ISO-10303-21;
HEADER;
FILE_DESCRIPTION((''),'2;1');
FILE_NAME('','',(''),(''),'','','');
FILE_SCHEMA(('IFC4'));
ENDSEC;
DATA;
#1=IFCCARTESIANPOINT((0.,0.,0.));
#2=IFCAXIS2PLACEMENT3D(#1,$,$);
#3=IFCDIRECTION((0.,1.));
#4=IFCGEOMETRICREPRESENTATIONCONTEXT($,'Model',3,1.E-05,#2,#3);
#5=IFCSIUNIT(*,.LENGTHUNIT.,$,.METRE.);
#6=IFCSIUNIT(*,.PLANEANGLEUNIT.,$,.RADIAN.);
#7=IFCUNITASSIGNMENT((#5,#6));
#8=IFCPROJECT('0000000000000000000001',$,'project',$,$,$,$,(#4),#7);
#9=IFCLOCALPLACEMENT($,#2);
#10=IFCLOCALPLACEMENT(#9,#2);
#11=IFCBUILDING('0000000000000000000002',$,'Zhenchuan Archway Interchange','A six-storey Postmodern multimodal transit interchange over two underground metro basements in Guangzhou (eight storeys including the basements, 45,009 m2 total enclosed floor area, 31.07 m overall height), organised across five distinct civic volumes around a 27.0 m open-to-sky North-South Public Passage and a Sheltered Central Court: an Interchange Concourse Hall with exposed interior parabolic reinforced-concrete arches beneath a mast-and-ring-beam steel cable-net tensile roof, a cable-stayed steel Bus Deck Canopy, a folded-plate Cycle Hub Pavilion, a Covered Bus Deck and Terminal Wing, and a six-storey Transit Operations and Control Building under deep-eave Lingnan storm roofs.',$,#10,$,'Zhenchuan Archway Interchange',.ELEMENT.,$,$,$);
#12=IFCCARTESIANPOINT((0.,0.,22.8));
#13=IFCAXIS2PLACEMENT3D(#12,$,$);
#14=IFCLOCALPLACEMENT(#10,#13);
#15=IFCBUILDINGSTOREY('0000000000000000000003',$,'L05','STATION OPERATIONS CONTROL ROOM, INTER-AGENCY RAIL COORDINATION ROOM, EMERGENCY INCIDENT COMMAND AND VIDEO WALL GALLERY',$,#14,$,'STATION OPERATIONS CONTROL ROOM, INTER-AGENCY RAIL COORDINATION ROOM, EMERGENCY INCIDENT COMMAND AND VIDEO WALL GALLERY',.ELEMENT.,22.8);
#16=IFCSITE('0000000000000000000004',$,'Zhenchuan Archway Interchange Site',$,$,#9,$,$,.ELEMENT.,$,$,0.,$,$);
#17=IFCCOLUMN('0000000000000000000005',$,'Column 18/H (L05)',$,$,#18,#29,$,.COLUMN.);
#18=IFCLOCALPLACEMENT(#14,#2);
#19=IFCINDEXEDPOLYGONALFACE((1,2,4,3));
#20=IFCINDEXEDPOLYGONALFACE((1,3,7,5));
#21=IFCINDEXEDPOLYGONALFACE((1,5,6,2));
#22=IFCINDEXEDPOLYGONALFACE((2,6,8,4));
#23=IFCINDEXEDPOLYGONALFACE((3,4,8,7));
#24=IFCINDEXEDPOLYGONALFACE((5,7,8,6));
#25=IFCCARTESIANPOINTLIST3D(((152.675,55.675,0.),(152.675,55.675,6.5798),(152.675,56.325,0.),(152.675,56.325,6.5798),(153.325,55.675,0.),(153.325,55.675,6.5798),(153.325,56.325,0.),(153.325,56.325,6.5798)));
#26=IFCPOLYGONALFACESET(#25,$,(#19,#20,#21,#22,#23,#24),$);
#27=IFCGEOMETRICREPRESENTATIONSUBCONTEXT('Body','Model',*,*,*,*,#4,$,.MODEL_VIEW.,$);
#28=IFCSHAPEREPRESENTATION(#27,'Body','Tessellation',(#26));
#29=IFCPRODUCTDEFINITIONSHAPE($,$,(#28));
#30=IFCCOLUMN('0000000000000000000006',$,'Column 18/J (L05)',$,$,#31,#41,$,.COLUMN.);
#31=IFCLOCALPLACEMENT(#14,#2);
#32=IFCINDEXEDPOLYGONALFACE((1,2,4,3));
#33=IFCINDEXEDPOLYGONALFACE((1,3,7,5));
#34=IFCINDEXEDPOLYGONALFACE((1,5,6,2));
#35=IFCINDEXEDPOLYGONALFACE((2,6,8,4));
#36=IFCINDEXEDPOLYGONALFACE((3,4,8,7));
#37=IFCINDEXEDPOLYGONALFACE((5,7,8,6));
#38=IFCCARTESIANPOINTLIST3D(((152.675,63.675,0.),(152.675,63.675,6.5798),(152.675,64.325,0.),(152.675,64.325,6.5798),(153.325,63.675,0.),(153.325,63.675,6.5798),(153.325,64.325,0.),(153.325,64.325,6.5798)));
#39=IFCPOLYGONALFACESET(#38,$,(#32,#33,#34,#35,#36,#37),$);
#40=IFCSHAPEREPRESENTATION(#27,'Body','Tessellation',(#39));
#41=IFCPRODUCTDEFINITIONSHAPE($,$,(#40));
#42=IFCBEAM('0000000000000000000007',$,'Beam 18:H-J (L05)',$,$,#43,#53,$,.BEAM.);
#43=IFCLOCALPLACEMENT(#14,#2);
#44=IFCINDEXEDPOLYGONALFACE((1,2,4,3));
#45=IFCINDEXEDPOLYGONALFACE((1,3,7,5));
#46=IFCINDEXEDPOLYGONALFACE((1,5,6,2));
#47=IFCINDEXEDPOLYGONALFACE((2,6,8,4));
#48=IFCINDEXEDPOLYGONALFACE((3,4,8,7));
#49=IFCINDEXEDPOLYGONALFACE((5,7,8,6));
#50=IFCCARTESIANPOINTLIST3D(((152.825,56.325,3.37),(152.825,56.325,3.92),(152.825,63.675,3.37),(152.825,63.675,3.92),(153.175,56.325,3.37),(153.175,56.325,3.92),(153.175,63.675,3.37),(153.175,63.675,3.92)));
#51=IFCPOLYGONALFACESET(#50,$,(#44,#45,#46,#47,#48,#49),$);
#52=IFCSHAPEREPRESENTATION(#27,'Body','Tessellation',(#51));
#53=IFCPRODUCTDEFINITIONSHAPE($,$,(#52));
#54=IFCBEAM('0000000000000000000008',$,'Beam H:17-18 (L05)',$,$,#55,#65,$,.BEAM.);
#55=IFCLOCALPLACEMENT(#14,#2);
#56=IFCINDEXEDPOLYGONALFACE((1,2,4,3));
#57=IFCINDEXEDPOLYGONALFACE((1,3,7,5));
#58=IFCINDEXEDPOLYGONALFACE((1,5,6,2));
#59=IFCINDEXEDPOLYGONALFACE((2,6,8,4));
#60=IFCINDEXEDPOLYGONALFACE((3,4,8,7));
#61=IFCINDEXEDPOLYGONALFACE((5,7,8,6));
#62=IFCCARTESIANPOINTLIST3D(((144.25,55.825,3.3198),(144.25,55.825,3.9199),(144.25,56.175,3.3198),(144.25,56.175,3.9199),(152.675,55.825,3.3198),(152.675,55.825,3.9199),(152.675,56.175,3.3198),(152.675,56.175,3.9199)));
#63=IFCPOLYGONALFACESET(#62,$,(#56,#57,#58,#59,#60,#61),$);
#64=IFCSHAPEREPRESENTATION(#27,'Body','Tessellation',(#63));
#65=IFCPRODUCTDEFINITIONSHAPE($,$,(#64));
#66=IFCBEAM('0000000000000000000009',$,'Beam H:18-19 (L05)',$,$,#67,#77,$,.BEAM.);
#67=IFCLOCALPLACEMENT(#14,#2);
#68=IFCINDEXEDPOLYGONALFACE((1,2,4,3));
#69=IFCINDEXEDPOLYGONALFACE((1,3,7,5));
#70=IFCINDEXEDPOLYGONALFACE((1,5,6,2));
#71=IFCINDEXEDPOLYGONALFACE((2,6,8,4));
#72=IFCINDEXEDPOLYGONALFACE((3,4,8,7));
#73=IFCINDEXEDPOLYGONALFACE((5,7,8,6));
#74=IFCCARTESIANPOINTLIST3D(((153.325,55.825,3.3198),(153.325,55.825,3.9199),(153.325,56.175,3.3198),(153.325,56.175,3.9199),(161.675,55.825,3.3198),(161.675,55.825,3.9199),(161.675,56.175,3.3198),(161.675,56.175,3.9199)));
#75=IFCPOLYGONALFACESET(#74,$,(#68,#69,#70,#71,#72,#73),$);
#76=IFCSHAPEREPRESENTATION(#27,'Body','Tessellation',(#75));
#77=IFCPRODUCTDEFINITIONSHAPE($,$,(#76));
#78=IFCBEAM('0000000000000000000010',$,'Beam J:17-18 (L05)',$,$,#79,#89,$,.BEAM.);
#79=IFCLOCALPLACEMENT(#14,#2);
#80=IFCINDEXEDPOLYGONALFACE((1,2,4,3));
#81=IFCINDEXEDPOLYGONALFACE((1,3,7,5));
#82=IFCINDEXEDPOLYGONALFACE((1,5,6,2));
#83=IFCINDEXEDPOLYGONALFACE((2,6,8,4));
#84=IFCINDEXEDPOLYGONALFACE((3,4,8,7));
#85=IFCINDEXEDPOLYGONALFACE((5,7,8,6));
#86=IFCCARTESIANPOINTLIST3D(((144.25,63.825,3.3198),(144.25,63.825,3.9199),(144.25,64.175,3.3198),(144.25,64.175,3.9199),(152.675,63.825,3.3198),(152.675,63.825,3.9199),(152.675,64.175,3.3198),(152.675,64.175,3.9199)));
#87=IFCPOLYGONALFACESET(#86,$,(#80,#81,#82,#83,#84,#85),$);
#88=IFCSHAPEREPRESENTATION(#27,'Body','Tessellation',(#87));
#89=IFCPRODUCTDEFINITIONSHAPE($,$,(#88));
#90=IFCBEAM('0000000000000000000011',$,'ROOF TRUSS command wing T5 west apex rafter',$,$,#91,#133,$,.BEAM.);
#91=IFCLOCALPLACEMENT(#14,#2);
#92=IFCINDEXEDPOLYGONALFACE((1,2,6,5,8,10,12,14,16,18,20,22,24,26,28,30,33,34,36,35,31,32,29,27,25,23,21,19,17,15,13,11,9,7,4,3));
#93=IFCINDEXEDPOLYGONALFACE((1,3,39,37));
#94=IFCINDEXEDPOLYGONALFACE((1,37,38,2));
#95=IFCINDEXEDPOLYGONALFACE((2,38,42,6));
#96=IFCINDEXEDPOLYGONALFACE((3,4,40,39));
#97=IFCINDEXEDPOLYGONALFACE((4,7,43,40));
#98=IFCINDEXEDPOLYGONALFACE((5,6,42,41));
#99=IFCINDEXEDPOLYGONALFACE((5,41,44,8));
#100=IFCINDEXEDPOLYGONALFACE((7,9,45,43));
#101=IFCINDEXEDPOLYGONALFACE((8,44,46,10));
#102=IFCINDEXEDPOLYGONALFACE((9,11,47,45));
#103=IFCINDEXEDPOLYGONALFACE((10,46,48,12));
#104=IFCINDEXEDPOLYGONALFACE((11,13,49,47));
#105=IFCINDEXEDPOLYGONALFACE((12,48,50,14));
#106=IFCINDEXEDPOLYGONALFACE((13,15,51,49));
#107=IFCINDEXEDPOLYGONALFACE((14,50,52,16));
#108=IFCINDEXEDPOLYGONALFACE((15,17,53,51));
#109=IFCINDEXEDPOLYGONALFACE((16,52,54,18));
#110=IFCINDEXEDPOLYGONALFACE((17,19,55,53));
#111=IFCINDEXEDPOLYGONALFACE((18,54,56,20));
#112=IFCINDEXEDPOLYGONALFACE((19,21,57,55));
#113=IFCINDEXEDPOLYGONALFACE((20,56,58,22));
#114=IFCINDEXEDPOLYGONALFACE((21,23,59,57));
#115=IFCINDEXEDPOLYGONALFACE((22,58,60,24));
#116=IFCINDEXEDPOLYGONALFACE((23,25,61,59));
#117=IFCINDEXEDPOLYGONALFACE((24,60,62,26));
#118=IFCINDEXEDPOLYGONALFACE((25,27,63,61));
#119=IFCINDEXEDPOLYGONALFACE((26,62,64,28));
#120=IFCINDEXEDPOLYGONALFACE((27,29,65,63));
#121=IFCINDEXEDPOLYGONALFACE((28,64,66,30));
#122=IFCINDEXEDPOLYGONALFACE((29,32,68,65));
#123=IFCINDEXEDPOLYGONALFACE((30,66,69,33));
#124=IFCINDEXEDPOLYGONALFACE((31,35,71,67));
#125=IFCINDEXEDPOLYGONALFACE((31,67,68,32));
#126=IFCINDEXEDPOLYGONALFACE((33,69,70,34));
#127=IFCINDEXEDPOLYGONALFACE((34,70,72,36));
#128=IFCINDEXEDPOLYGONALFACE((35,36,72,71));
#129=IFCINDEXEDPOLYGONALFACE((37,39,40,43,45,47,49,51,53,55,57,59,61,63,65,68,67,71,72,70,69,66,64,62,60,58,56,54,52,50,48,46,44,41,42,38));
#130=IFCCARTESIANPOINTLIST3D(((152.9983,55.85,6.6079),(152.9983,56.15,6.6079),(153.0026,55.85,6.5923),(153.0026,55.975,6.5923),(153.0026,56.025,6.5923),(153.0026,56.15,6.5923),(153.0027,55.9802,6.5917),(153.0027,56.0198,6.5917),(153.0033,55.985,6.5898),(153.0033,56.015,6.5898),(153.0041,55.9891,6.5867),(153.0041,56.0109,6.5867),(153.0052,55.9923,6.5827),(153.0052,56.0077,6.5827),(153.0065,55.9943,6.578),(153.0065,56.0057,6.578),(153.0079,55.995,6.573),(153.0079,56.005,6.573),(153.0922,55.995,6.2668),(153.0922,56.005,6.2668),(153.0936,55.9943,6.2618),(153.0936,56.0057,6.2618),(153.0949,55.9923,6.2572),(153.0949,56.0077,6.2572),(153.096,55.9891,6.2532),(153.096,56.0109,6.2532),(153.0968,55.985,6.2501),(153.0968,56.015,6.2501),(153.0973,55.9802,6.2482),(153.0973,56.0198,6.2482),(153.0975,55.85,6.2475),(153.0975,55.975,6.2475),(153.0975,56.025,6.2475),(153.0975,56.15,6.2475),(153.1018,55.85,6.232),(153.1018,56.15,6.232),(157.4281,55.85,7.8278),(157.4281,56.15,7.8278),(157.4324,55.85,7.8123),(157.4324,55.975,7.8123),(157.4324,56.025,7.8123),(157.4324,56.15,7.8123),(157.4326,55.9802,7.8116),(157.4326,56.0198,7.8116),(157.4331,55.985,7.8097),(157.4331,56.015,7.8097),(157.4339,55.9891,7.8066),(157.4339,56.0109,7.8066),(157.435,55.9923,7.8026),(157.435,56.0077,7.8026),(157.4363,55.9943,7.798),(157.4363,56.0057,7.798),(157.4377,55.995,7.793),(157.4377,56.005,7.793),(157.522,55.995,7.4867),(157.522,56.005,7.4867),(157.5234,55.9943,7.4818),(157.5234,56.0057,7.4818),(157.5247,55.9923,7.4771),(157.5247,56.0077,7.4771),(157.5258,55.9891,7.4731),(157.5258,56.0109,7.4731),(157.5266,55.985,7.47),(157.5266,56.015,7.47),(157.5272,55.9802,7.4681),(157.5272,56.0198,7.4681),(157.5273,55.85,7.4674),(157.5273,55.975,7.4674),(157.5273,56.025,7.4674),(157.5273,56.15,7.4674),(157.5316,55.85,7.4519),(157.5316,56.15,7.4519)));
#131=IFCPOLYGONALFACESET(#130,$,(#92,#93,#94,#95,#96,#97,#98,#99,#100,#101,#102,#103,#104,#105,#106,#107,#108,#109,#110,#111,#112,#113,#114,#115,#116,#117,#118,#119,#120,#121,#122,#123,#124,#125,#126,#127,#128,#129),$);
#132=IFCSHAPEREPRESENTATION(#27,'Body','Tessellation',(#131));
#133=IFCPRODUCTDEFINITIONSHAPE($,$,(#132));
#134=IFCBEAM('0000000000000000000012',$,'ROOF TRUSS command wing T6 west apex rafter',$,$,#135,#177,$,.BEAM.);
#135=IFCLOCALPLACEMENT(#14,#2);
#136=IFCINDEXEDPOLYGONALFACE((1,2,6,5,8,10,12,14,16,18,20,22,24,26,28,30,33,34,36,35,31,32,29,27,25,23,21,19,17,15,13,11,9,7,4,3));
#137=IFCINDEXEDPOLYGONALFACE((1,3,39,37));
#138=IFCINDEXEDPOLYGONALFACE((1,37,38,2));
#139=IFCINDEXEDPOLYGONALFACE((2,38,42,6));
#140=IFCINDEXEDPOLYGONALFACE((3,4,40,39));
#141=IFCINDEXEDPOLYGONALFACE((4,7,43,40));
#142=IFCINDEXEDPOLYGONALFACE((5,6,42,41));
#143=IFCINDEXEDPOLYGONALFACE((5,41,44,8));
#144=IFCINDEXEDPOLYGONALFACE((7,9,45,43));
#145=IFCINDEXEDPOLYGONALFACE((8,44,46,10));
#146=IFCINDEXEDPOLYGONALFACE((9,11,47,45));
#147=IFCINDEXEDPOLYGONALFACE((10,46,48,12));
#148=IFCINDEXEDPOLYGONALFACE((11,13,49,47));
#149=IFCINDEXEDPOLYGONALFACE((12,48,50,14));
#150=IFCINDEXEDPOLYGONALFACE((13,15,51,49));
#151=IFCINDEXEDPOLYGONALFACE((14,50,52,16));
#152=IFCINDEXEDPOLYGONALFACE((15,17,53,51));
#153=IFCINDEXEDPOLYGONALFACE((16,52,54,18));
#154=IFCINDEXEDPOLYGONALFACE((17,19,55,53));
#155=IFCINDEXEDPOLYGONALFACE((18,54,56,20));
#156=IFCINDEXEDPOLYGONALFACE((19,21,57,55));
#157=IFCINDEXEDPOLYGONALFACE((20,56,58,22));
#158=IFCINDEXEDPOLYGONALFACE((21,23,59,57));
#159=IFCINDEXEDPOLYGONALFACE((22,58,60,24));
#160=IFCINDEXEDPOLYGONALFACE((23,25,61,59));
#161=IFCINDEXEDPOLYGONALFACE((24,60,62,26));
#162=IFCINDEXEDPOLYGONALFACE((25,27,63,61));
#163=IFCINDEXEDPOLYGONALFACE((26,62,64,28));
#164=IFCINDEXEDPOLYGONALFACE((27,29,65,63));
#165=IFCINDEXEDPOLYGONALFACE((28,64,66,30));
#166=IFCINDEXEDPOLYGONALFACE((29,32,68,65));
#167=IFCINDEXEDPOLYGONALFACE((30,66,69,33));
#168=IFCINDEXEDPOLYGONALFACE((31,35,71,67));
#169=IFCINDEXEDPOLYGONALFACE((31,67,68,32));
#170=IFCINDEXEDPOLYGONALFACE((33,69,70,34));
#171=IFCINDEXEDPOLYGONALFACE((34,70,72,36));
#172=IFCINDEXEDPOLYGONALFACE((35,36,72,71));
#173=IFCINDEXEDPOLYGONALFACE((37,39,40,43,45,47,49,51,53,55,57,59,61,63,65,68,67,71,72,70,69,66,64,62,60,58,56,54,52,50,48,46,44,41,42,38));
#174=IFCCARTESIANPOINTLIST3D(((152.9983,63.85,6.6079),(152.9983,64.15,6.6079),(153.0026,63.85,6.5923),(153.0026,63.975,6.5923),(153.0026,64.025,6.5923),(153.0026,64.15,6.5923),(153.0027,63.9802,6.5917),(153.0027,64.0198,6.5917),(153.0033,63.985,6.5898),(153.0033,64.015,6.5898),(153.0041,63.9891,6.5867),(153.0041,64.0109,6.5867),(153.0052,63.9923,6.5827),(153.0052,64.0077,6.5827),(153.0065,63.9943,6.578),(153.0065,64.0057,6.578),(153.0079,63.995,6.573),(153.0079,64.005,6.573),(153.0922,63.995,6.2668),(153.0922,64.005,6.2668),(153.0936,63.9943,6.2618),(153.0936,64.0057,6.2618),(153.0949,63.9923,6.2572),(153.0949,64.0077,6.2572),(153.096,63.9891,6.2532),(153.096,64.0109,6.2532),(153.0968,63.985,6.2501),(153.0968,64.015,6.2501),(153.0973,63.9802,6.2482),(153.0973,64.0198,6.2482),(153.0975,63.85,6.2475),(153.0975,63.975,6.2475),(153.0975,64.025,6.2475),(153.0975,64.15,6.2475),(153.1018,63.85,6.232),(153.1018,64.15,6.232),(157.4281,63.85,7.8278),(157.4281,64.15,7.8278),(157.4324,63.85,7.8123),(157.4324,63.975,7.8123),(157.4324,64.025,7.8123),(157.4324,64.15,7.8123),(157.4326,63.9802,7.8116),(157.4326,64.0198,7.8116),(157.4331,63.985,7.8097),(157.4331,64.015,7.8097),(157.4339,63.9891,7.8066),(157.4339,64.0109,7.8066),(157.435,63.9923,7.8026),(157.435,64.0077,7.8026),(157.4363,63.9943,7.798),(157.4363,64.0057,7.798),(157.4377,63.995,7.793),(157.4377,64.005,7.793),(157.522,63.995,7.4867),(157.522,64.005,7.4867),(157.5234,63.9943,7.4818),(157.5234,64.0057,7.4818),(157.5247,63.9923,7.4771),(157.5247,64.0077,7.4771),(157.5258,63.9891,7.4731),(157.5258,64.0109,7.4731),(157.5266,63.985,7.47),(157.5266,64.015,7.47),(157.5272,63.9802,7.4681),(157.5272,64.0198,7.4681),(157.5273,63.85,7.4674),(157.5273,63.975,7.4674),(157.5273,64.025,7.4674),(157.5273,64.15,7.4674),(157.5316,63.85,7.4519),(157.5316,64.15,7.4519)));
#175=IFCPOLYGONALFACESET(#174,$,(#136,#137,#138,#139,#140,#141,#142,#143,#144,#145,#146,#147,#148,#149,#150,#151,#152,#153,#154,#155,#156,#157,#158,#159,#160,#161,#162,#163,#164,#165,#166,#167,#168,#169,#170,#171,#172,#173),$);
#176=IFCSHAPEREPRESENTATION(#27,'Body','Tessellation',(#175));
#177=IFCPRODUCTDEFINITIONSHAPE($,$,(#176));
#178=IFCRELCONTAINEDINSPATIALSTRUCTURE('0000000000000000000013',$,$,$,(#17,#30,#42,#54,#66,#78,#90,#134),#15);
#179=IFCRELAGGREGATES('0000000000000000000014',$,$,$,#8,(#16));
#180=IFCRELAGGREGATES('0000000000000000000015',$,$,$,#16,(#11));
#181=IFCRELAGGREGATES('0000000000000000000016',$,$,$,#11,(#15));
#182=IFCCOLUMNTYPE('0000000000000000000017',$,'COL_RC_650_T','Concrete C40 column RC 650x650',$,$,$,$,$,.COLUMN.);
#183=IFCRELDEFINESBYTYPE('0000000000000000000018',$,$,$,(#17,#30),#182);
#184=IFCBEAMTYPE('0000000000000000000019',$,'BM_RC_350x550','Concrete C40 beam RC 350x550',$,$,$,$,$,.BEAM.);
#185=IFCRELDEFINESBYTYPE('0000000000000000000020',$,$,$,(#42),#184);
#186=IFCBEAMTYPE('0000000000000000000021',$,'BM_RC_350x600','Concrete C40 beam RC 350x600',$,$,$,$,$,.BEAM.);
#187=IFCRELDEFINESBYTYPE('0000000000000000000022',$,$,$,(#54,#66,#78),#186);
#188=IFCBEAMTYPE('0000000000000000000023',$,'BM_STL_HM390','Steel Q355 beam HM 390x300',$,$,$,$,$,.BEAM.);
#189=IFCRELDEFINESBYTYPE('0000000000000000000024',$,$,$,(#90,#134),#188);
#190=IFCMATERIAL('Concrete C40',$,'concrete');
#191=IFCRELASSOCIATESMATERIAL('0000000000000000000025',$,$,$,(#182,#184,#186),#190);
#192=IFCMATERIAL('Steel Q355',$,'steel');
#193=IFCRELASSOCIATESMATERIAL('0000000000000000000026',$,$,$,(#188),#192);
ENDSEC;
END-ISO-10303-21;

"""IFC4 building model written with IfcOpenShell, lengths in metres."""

from ifc_helpers import new_model, si_unit, direction, frame, origin, origin_2d, place, context, subcontext, project, spatial, rectangle, i_section, extrude, material, material_profile, profile_set, type_object, element, save


model = new_model("IFC4")

# Units and contexts
model_context = context("Model", 3, precision=1e-05, world=origin(), true_north=direction((0.0, 1.0)))
body_context = subcontext(model_context, "Body", "Model", "MODEL_VIEW")
ifc_project = project(units=[si_unit("LENGTHUNIT", "METRE"), si_unit("PLANEANGLEUNIT", "RADIAN")], contexts=[model_context])

# Site, building, storey
site_placement = place(None, origin())
site = spatial("IfcSite", under=ifc_project, at=site_placement, Name="Zhenchuan Archway Interchange Site", CompositionType="ELEMENT", RefElevation=0.0)
building_placement = place(site_placement, origin())
building = spatial("IfcBuilding", under=site, at=building_placement, Name="Zhenchuan Archway Interchange", Description="A six-storey Postmodern multimodal transit interchange over two underground metro basements in Guangzhou (eight storeys including the basements, 45,009 m2 total enclosed floor area, 31.07 m overall height), organised across five distinct civic volumes around a 27.0 m open-to-sky North-South Public Passage and a Sheltered Central Court: an Interchange Concourse Hall with exposed interior parabolic reinforced-concrete arches beneath a mast-and-ring-beam steel cable-net tensile roof, a cable-stayed steel Bus Deck Canopy, a folded-plate Cycle Hub Pavilion, a Covered Bus Deck and Terminal Wing, and a six-storey Transit Operations and Control Building under deep-eave Lingnan storm roofs.", LongName="Zhenchuan Archway Interchange", CompositionType="ELEMENT")
storey_placement = place(building_placement, frame((0.0, 0.0, 22.8)))
storey = spatial("IfcBuildingStorey", under=building, at=storey_placement, Name="L05", Description="STATION OPERATIONS CONTROL ROOM, INTER-AGENCY RAIL COORDINATION ROOM, EMERGENCY INCIDENT COMMAND AND VIDEO WALL GALLERY", LongName="STATION OPERATIONS CONTROL ROOM, INTER-AGENCY RAIL COORDINATION ROOM, EMERGENCY INCIDENT COMMAND AND VIDEO WALL GALLERY", CompositionType="ELEMENT", Elevation=22.8)

# Columns
ifc_material_1 = material(Name="Concrete C40", Category="concrete")
ifc_material_profile_1 = material_profile(ifc_material_1, rectangle(XDim=0.6499, YDim=0.6499, at=origin_2d()), Name="RC 650x650")
ifc_profile_set_1 = profile_set([ifc_material_profile_1], Name="Concrete C40")
column_type = type_object("IfcColumnType", Name="COL_RC_650_T", Description="Concrete C40 column RC 650x650", PredefinedType="COLUMN", material=ifc_profile_set_1)
for number, where, z_axis, x_axis, name in (
    (1, (153.0, 56.0, 0.0), (0.0, 0.0, 1.0), (1.0, 0.0, 0.0), "Column 18/H (L05)"),
    (2, (153.0, 64.0, 0.0), (0.0, 0.0, 1.0), (1.0, 0.0, 0.0), "Column 18/J (L05)"),
):
    element("IfcColumn", number, at=place(storey_placement, frame(where, z_axis=z_axis, x_axis=x_axis)), inside=storey, type_object=column_type, Name=name, PredefinedType="COLUMN", context=body_context, shape_type="SweptSolid", body=[
        extrude(rectangle(XDim=0.6499, YDim=0.6499, at=origin_2d()), origin(), (0.0, 0.0, 1.0), 6.5798),
    ])

# Beams
ifc_material_profile_2 = material_profile(ifc_material_1, rectangle(XDim=0.3501, YDim=0.55, at=origin_2d()), Name="RC 350x550")
ifc_profile_set_2 = profile_set([ifc_material_profile_2], Name="Concrete C40")
beam_type_1 = type_object("IfcBeamType", Name="BM_RC_350x550", Description="Concrete C40 beam RC 350x550", PredefinedType="BEAM", material=ifc_profile_set_2)
beam_1_placement = place(storey_placement, frame((153.0, 56.325, 3.645), z_axis=(0.0, 1.0, 0.0), x_axis=(-1.0, 0.0, 0.0)))
element("IfcBeam", 3, at=beam_1_placement, inside=storey, type_object=beam_type_1, Name="Beam 18:H-J (L05)", PredefinedType="BEAM", context=body_context, shape_type="SweptSolid", body=[
    extrude(rectangle(XDim=0.3501, YDim=0.55, at=origin_2d()), origin(), (0.0, 0.0, 1.0), 7.3501),
])
ifc_material_profile_3 = material_profile(ifc_material_1, rectangle(XDim=0.3501, YDim=0.6001, at=origin_2d()), Name="RC 350x600")
ifc_profile_set_3 = profile_set([ifc_material_profile_3], Name="Concrete C40")
beam_type_2 = type_object("IfcBeamType", Name="BM_RC_350x600", Description="Concrete C40 beam RC 350x600", PredefinedType="BEAM", material=ifc_profile_set_3)
beam_2_placement = place(storey_placement, frame((144.25, 56.0, 3.6199), z_axis=(1.0, 0.0, 0.0), x_axis=(0.0, 1.0, 0.0)))
element("IfcBeam", 4, at=beam_2_placement, inside=storey, type_object=beam_type_2, Name="Beam H:17-18 (L05)", PredefinedType="BEAM", context=body_context, shape_type="SweptSolid", body=[
    extrude(rectangle(XDim=0.3501, YDim=0.6001, at=origin_2d()), origin(), (0.0, 0.0, 1.0), 8.425),
])
beam_3_placement = place(storey_placement, frame((153.325, 56.0, 3.6199), z_axis=(1.0, 0.0, 0.0), x_axis=(0.0, 1.0, 0.0)))
element("IfcBeam", 5, at=beam_3_placement, inside=storey, type_object=beam_type_2, Name="Beam H:18-19 (L05)", PredefinedType="BEAM", context=body_context, shape_type="SweptSolid", body=[
    extrude(rectangle(XDim=0.3501, YDim=0.6001, at=origin_2d()), origin(), (0.0, 0.0, 1.0), 8.3501),
])
beam_4_placement = place(storey_placement, frame((144.25, 64.0, 3.6199), z_axis=(1.0, 0.0, 0.0), x_axis=(0.0, 1.0, 0.0)))
element("IfcBeam", 6, at=beam_4_placement, inside=storey, type_object=beam_type_2, Name="Beam J:17-18 (L05)", PredefinedType="BEAM", context=body_context, shape_type="SweptSolid", body=[
    extrude(rectangle(XDim=0.3501, YDim=0.6001, at=origin_2d()), origin(), (0.0, 0.0, 1.0), 8.425),
])
ifc_material_2 = material(Name="Steel Q355", Category="steel")
ifc_material_profile_4 = material_profile(ifc_material_2, i_section(OverallWidth=0.3, OverallDepth=0.3899, WebThickness=0.01, FlangeThickness=0.0161, FilletRadius=0.02, at=origin_2d()), Name="HM 390x300")
ifc_profile_set_4 = profile_set([ifc_material_profile_4], Name="Steel Q355")
beam_type_3 = type_object("IfcBeamType", Name="BM_STL_HM390", Description="Steel Q355 beam HM 390x300", PredefinedType="BEAM", material=ifc_profile_set_4)
for number, where, z_axis, x_axis, name in (
    (7, (153.05, 56.0, 6.4199), (0.964109, 0.0, 0.265508), (0.0, 1.0, 0.0), "ROOF TRUSS command wing T5 west apex rafter"),
    (8, (153.05, 64.0, 6.4199), (0.964109, 0.0, 0.265508), (0.0, 1.0, 0.0), "ROOF TRUSS command wing T6 west apex rafter"),
):
    element("IfcBeam", number, at=place(storey_placement, frame(where, z_axis=z_axis, x_axis=x_axis)), inside=storey, type_object=beam_type_3, Name=name, PredefinedType="BEAM", context=body_context, shape_type="SweptSolid", body=[
        extrude(i_section(OverallWidth=0.3, OverallDepth=0.3899, WebThickness=0.01, FlangeThickness=0.0161, FilletRadius=0.02, at=origin_2d()), origin(), (0.0, 0.0, 1.0), 4.5947),
    ])

save(model, "model.ifc")
